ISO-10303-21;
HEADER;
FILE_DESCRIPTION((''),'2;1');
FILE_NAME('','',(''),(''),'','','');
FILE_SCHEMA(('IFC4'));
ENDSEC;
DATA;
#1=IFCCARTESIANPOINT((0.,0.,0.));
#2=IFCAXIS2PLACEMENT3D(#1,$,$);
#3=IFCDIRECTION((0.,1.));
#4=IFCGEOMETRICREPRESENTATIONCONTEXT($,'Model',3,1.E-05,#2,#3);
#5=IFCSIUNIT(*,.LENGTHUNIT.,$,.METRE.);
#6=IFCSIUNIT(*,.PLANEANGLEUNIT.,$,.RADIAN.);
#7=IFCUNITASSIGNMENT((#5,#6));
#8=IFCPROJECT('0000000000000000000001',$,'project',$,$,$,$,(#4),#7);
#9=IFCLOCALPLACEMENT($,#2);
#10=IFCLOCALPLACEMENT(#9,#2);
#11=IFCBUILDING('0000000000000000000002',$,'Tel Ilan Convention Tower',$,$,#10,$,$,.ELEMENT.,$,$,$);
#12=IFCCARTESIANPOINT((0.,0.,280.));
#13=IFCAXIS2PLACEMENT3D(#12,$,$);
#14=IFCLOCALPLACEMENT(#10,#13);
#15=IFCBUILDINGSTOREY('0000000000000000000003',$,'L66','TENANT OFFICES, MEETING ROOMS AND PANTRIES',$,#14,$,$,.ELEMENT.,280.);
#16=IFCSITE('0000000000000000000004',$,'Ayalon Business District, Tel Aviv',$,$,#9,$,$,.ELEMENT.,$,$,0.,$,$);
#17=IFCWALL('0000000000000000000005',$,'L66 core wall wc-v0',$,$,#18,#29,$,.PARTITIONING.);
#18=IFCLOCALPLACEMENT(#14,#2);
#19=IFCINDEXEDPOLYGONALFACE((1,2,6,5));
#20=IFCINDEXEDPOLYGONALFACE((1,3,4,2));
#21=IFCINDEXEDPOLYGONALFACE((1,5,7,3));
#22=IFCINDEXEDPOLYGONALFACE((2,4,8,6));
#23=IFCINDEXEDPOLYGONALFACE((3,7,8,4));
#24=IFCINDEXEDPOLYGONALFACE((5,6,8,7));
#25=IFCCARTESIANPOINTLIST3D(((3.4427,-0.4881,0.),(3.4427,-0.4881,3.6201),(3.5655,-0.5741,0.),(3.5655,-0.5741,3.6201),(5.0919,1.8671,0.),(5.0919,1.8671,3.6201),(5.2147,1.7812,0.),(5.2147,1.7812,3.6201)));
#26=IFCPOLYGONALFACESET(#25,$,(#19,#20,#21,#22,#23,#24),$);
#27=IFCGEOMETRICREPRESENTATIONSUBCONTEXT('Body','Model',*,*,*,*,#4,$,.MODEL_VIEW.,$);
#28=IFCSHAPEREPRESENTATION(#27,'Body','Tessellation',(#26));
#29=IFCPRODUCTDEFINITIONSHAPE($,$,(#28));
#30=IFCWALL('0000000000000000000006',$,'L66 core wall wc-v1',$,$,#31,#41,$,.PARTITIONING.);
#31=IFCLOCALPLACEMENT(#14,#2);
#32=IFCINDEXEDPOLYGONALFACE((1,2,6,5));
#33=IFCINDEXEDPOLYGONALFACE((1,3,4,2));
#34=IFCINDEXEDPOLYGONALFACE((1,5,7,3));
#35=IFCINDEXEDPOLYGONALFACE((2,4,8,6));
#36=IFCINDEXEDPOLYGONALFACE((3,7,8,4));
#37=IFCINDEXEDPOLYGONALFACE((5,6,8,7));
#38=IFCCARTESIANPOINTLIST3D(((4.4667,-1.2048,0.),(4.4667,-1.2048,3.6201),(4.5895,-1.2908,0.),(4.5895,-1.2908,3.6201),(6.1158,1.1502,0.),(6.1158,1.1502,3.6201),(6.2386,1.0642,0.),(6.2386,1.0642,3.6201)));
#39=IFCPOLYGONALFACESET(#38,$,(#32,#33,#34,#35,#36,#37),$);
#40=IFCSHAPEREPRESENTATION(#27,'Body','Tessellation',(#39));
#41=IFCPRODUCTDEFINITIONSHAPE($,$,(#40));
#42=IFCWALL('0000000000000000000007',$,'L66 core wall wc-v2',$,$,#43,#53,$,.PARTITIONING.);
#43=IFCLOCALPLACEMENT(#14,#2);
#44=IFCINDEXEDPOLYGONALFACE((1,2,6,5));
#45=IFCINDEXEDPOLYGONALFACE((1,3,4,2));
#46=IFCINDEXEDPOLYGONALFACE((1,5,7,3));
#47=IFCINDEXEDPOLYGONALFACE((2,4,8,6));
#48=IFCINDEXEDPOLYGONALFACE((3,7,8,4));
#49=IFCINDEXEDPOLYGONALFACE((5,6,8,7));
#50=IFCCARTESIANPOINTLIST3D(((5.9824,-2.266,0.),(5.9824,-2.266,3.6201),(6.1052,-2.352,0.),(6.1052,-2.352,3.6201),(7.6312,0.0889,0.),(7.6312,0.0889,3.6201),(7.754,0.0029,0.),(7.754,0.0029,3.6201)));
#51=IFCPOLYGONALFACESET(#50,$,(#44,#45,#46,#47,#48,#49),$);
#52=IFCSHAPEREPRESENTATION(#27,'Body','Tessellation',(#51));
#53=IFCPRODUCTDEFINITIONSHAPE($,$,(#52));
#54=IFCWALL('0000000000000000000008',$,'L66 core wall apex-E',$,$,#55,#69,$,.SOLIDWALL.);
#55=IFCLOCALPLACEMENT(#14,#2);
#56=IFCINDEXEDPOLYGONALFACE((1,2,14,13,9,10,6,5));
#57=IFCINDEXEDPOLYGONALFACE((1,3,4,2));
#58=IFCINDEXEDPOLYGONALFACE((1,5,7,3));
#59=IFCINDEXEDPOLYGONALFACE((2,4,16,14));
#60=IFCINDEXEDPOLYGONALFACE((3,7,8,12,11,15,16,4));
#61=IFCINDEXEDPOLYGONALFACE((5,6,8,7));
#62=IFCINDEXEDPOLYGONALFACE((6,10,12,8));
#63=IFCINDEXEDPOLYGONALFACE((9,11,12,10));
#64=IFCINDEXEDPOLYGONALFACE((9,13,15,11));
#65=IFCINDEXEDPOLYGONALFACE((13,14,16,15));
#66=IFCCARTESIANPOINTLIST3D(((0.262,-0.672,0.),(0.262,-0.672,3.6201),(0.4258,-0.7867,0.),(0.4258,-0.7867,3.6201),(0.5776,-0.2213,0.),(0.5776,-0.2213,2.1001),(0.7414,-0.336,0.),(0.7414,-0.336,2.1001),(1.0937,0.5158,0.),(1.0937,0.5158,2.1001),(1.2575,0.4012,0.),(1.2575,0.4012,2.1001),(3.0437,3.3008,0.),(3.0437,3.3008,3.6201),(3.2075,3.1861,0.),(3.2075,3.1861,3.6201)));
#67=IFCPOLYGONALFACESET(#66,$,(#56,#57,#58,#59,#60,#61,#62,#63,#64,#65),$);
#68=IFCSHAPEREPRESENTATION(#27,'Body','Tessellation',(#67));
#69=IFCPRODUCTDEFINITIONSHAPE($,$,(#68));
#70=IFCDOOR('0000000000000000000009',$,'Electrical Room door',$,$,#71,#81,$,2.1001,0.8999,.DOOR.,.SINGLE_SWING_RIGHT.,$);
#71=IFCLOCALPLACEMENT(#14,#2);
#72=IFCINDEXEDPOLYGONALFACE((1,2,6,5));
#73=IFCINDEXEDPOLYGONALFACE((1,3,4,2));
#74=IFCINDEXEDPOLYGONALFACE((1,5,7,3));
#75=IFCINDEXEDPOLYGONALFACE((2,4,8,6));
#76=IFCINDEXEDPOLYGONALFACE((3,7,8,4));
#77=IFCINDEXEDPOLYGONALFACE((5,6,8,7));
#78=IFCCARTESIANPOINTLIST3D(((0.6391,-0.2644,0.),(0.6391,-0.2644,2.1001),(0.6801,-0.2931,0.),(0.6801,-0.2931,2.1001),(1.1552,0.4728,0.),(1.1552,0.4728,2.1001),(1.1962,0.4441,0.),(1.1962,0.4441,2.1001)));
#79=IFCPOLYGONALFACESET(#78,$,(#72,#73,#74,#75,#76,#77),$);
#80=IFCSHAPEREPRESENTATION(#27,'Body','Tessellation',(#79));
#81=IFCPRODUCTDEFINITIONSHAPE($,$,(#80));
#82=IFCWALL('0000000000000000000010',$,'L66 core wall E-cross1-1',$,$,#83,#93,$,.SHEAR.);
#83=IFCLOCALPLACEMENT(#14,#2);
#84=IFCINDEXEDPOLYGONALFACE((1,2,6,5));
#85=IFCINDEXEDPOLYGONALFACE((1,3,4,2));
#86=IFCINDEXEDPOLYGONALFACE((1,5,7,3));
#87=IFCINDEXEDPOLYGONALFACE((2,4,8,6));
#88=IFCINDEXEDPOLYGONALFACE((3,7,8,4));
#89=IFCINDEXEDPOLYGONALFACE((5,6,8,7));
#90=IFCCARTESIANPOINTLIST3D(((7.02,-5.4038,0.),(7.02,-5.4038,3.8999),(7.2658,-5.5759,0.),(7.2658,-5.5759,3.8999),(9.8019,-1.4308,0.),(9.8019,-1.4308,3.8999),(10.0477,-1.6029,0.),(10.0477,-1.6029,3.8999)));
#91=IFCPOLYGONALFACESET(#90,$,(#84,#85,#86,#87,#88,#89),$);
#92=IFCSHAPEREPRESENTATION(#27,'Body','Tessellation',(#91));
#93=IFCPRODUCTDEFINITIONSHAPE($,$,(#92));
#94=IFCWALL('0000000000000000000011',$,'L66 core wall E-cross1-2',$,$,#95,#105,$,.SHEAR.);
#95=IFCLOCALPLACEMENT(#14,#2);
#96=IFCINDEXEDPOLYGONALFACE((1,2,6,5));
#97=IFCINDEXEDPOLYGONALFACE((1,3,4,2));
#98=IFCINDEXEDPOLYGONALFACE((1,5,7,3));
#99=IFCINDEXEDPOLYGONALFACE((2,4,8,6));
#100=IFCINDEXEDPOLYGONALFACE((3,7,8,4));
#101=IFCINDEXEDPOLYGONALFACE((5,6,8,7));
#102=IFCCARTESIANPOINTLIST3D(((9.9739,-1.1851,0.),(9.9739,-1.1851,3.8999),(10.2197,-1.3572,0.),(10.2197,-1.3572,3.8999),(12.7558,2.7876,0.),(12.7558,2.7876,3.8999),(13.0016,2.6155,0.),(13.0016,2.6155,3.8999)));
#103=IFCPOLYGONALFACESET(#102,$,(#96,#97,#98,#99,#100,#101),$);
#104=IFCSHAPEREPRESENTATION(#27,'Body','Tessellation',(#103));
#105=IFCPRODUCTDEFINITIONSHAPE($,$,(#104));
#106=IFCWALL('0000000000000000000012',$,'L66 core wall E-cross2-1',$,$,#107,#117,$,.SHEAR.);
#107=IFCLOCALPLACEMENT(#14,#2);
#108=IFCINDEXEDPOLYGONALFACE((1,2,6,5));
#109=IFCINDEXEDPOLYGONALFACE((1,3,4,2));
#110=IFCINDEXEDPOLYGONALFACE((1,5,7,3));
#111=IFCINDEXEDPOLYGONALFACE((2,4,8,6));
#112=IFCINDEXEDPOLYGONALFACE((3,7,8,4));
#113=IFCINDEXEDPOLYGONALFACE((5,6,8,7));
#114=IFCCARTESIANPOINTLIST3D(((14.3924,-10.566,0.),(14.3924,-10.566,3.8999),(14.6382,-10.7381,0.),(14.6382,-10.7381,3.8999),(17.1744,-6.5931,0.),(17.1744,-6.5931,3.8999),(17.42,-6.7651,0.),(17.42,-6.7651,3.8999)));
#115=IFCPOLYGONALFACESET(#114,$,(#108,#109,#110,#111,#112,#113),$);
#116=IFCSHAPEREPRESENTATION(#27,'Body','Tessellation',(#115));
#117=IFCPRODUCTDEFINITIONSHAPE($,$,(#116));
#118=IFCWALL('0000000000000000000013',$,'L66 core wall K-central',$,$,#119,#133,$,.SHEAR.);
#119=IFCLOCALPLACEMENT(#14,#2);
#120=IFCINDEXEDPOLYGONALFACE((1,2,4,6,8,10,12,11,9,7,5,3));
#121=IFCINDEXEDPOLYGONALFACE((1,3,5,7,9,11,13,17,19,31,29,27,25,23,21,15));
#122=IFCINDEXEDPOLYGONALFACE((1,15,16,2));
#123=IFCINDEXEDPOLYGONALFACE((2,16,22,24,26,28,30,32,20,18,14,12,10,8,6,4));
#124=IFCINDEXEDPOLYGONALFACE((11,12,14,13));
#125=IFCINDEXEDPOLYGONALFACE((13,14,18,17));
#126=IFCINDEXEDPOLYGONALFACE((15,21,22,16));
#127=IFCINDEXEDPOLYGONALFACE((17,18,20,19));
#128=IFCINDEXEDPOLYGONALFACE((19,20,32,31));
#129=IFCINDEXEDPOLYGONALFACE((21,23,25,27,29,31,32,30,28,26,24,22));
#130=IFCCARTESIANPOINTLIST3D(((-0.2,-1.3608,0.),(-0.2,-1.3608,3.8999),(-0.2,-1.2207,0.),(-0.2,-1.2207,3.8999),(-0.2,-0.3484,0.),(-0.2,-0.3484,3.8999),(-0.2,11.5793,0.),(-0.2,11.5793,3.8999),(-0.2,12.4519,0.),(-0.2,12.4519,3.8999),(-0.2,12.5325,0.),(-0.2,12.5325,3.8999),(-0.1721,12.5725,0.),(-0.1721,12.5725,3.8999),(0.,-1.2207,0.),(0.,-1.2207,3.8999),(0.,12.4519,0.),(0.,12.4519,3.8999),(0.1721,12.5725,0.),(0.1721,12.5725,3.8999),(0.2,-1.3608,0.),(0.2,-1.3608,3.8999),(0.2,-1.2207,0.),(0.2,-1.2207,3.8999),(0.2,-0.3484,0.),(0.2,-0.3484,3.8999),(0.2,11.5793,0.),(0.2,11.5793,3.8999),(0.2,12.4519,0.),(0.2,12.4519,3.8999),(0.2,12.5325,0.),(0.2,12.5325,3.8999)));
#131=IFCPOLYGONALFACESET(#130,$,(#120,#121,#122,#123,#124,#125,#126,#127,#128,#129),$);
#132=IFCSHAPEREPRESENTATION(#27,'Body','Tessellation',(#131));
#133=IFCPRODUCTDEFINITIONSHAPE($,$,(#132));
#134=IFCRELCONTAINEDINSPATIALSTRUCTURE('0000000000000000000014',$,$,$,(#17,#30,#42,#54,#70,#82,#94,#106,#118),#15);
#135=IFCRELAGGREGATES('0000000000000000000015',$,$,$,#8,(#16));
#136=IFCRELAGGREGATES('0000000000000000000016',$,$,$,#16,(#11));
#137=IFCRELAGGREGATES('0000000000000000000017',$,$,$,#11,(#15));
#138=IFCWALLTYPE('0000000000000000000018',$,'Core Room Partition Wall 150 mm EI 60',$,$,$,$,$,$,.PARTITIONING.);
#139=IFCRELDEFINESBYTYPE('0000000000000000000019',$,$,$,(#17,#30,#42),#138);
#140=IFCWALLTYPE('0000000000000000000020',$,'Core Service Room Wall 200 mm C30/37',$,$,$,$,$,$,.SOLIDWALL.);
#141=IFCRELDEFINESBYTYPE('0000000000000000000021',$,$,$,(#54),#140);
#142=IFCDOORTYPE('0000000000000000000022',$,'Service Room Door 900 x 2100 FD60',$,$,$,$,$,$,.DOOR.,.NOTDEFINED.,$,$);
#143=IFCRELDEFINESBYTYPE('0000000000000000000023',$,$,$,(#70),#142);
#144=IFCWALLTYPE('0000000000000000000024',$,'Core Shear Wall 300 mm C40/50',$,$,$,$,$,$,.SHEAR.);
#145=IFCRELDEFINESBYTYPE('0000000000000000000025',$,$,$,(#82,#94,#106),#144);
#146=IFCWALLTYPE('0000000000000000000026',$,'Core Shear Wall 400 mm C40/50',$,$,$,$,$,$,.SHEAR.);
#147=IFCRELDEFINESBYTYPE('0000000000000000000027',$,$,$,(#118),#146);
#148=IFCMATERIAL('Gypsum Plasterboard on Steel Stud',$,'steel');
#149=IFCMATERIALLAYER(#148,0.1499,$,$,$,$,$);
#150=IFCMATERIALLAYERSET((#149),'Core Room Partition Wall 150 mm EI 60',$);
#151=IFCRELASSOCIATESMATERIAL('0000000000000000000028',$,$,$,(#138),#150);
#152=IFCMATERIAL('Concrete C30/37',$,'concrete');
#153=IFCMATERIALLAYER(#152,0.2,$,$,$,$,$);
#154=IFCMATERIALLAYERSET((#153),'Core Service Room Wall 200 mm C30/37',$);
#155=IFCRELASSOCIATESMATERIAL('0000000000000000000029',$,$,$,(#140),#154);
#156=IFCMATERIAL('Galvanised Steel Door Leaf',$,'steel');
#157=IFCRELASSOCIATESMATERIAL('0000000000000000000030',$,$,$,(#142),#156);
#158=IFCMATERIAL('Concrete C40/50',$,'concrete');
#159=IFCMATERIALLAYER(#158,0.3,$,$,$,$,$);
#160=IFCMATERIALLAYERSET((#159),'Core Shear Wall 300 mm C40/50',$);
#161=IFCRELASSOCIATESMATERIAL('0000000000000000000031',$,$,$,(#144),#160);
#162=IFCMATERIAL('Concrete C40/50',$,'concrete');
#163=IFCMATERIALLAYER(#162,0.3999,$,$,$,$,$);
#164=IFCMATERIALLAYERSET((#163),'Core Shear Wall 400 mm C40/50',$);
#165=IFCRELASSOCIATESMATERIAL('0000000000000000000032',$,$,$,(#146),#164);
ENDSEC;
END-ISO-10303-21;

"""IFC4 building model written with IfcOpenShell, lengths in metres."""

from ifc_helpers import new_model, si_unit, direction, frame, frame_2d, origin, place, context, subcontext, project, spatial, polyline, rectangle, outline, extrude, material, layer, layer_set, type_object, element, fill, save


model = new_model("IFC4")

# Units and contexts
model_context = context("Model", 3, precision=1e-05, world=origin(), true_north=direction((0.0, 1.0)))
body_context = subcontext(model_context, "Body", "Model", "MODEL_VIEW")
ifc_project = project(units=[si_unit("LENGTHUNIT", "METRE"), si_unit("PLANEANGLEUNIT", "RADIAN")], contexts=[model_context])

# Site, building, storey
site_placement = place(None, origin())
site = spatial("IfcSite", under=ifc_project, at=site_placement, Name="Ayalon Business District, Tel Aviv", CompositionType="ELEMENT", RefElevation=0.0)
building_placement = place(site_placement, origin())
building = spatial("IfcBuilding", under=site, at=building_placement, Name="Tel Ilan Convention Tower", CompositionType="ELEMENT")
storey_placement = place(building_placement, frame((0.0, 0.0, 280.0)))
storey = spatial("IfcBuildingStorey", under=building, at=storey_placement, Name="L66", Description="TENANT OFFICES, MEETING ROOMS AND PANTRIES", CompositionType="ELEMENT", Elevation=280.0)

# Walls
ifc_material_1 = material(Name="Gypsum Plasterboard on Steel Stud", Category="steel")
ifc_layer_1 = layer(ifc_material_1, 0.1499)
ifc_layer_set_1 = layer_set([ifc_layer_1], Name="Core Room Partition Wall 150 mm EI 60")
wall_type_1 = type_object("IfcWallType", Name="Core Room Partition Wall 150 mm EI 60", PredefinedType="PARTITIONING", material=ifc_layer_set_1)
wall_1_placement = place(storey_placement, frame((3.5042, -0.531, 0.0), z_axis=(0.0, 0.0, 1.0), x_axis=(0.573582, 0.819148, 0.0)))
element("IfcWall", 1, at=wall_1_placement, inside=storey, type_object=wall_type_1, Name="L66 core wall wc-v0", PredefinedType="PARTITIONING", context=body_context, shape_type="SweptSolid", body=[
    extrude(rectangle(XDim=2.8752, YDim=0.1499, at=frame_2d((1.4375, 0.0))), origin(), (0.0, 0.0, 1.0), 3.6201),
])
wall_2_placement = place(storey_placement, frame((4.5281, -1.2478, 0.0), z_axis=(0.0, 0.0, 1.0), x_axis=(0.573622, 0.81912, 0.0)))
element("IfcWall", 2, at=wall_2_placement, inside=storey, type_object=wall_type_1, Name="L66 core wall wc-v1", PredefinedType="PARTITIONING", context=body_context, shape_type="SweptSolid", body=[
    extrude(rectangle(XDim=2.875, YDim=0.1499, at=frame_2d((1.4375, 0.0))), origin(), (0.0, 0.0, 1.0), 3.6201),
])
wall_3_placement = place(storey_placement, frame((6.0437, -2.3091, 0.0), z_axis=(0.0, 0.0, 1.0), x_axis=(0.573565, 0.81916, 0.0)))
element("IfcWall", 3, at=wall_3_placement, inside=storey, type_object=wall_type_1, Name="L66 core wall wc-v2", PredefinedType="PARTITIONING", context=body_context, shape_type="SweptSolid", body=[
    extrude(rectangle(XDim=2.8748, YDim=0.1499, at=frame_2d((1.4375, 0.0))), origin(), (0.0, 0.0, 1.0), 3.6201),
])

# Wall, opening, door
ifc_material_2 = material(Name="Concrete C30/37", Category="concrete")
ifc_layer_2 = layer(ifc_material_2, 0.2)
ifc_layer_set_2 = layer_set([ifc_layer_2], Name="Core Service Room Wall 200 mm C30/37")
wall_type_2 = type_object("IfcWallType", Name="Core Service Room Wall 200 mm C30/37", PredefinedType="SOLIDWALL", material=ifc_layer_set_2)
wall_4_placement = place(storey_placement, frame((0.344, -0.7292, 0.0), z_axis=(0.0, 0.0, 1.0), x_axis=(0.57356, 0.819163, 0.0)))
wall_4 = element("IfcWall", 4, at=wall_4_placement, inside=storey, type_object=wall_type_2, Name="L66 core wall apex-E", PredefinedType="SOLIDWALL", context=body_context, shape_type="SweptSolid", body=[
    extrude(rectangle(XDim=4.8499, YDim=0.2, at=frame_2d((2.4248, 0.0))), origin(), (0.0, 0.0, 1.0), 3.6201),
])
opening_1_placement = place(wall_4_placement, frame((0.55, 0.0, 0.0)))
opening_1 = element("IfcOpeningElement", 5, at=opening_1_placement, cuts=wall_4, PredefinedType="OPENING", context=body_context, shape_type="SweptSolid", body=[
    extrude(rectangle(XDim=0.8999, YDim=2.1001, at=frame_2d((0.45, 1.05))), frame((0.0, 0.1099, 0.0), z_axis=(0.0, -1.0, 0.0), x_axis=(1.0, 0.0, 0.0)), (0.0, 0.0, 1.0), 0.22),
])
ifc_material_3 = material(Name="Galvanised Steel Door Leaf", Category="steel")
door_type_1 = type_object("IfcDoorType", Name="Service Room Door 900 x 2100 FD60", OperationType="NOTDEFINED", PredefinedType="DOOR", material=ifc_material_3)
door_1_placement = place(opening_1_placement, origin())
door_1 = element("IfcDoor", 6, at=door_1_placement, inside=storey, type_object=door_type_1, Name="Electrical Room door", OperationType="SINGLE_SWING_RIGHT", OverallHeight=2.1001, OverallWidth=0.8999, PredefinedType="DOOR", context=body_context, shape_type="SweptSolid", body=[
    extrude(rectangle(XDim=0.8999, YDim=2.1001, at=frame_2d((0.45, 1.05))), frame((0.0, 0.0249, 0.0), z_axis=(0.0, -1.0, 0.0), x_axis=(1.0, 0.0, 0.0)), (0.0, 0.0, 1.0), 0.05),
])
fill(opening_1, door_1)

# Walls
ifc_material_4 = material(Name="Concrete C40/50", Category="concrete")
ifc_layer_3 = layer(ifc_material_4, 0.3)
ifc_layer_set_3 = layer_set([ifc_layer_3], Name="Core Shear Wall 300 mm C40/50")
wall_type_3 = type_object("IfcWallType", Name="Core Shear Wall 300 mm C40/50", PredefinedType="SHEAR", material=ifc_layer_set_3)
wall_5_placement = place(storey_placement, frame((7.1428, -5.4897, 0.0), z_axis=(0.0, 0.0, 1.0), x_axis=(0.573618, 0.819123, 0.0)))
element("IfcWall", 7, at=wall_5_placement, inside=storey, type_object=wall_type_3, Name="L66 core wall E-cross1-1", PredefinedType="SHEAR", context=body_context, shape_type="SweptSolid", body=[
    extrude(outline(polyline([(0.0, 0.1499), (0.0, -0.1501), (4.8501, -0.1499), (4.8501, 0.1501), (0.0, 0.1499)])), origin(), (0.0, 0.0, 1.0), 3.8999),
])
wall_6_placement = place(storey_placement, frame((10.0969, -1.2712, 0.0), z_axis=(0.0, 0.0, 1.0), x_axis=(0.57356, 0.819163, 0.0)))
element("IfcWall", 8, at=wall_6_placement, inside=storey, type_object=wall_type_3, Name="L66 core wall E-cross1-2", PredefinedType="SHEAR", context=body_context, shape_type="SweptSolid", body=[
    extrude(outline(polyline([(4.8499, -0.1501), (4.8499, 0.1499), (0.0, 0.1501), (0.0, -0.1499), (4.8499, -0.1501)])), origin(), (0.0, 0.0, 1.0), 3.8999),
])
wall_7_placement = place(storey_placement, frame((14.5154, -10.6521, 0.0), z_axis=(0.0, 0.0, 1.0), x_axis=(0.57356, 0.819163, 0.0)))
element("IfcWall", 9, at=wall_7_placement, inside=storey, type_object=wall_type_3, Name="L66 core wall E-cross2-1", PredefinedType="SHEAR", context=body_context, shape_type="SweptSolid", body=[
    extrude(outline(polyline([(0.0, 0.1501), (0.0, -0.1499), (4.8501, -0.1499), (4.8501, 0.1499), (0.0, 0.1501)])), origin(), (0.0, 0.0, 1.0), 3.8999),
])
ifc_material_5 = material(Name="Concrete C40/50", Category="concrete")
ifc_layer_4 = layer(ifc_material_5, 0.3999)
ifc_layer_set_4 = layer_set([ifc_layer_4], Name="Core Shear Wall 400 mm C40/50")
wall_type_4 = type_object("IfcWallType", Name="Core Shear Wall 400 mm C40/50", PredefinedType="SHEAR", material=ifc_layer_set_4)
wall_8_placement = place(storey_placement, frame((0.0, -1.3608, 0.0), z_axis=(0.0, 0.0, 1.0), x_axis=(0.0, 1.0, 0.0)))
element("IfcWall", 10, at=wall_8_placement, inside=storey, type_object=wall_type_4, Name="L66 core wall K-central", PredefinedType="SHEAR", context=body_context, shape_type="SweptSolid", body=[
    extrude(outline(polyline([(0.1401, 0.2), (0.0, 0.2), (0.1401, 0.0), (0.0, -0.2), (0.1401, -0.2), (1.0125, -0.2), (12.9402, -0.2), (13.8127, -0.2), (13.8933, -0.2), (13.9333, -0.1721), (13.8127, 0.0), (13.9333, 0.1721), (13.8933, 0.2), (13.8127, 0.2), (12.9402, 0.2), (1.0125, 0.2), (0.1401, 0.2)])), origin(), (0.0, 0.0, 1.0), 3.8999),
])

save(model, "model.ifc")
